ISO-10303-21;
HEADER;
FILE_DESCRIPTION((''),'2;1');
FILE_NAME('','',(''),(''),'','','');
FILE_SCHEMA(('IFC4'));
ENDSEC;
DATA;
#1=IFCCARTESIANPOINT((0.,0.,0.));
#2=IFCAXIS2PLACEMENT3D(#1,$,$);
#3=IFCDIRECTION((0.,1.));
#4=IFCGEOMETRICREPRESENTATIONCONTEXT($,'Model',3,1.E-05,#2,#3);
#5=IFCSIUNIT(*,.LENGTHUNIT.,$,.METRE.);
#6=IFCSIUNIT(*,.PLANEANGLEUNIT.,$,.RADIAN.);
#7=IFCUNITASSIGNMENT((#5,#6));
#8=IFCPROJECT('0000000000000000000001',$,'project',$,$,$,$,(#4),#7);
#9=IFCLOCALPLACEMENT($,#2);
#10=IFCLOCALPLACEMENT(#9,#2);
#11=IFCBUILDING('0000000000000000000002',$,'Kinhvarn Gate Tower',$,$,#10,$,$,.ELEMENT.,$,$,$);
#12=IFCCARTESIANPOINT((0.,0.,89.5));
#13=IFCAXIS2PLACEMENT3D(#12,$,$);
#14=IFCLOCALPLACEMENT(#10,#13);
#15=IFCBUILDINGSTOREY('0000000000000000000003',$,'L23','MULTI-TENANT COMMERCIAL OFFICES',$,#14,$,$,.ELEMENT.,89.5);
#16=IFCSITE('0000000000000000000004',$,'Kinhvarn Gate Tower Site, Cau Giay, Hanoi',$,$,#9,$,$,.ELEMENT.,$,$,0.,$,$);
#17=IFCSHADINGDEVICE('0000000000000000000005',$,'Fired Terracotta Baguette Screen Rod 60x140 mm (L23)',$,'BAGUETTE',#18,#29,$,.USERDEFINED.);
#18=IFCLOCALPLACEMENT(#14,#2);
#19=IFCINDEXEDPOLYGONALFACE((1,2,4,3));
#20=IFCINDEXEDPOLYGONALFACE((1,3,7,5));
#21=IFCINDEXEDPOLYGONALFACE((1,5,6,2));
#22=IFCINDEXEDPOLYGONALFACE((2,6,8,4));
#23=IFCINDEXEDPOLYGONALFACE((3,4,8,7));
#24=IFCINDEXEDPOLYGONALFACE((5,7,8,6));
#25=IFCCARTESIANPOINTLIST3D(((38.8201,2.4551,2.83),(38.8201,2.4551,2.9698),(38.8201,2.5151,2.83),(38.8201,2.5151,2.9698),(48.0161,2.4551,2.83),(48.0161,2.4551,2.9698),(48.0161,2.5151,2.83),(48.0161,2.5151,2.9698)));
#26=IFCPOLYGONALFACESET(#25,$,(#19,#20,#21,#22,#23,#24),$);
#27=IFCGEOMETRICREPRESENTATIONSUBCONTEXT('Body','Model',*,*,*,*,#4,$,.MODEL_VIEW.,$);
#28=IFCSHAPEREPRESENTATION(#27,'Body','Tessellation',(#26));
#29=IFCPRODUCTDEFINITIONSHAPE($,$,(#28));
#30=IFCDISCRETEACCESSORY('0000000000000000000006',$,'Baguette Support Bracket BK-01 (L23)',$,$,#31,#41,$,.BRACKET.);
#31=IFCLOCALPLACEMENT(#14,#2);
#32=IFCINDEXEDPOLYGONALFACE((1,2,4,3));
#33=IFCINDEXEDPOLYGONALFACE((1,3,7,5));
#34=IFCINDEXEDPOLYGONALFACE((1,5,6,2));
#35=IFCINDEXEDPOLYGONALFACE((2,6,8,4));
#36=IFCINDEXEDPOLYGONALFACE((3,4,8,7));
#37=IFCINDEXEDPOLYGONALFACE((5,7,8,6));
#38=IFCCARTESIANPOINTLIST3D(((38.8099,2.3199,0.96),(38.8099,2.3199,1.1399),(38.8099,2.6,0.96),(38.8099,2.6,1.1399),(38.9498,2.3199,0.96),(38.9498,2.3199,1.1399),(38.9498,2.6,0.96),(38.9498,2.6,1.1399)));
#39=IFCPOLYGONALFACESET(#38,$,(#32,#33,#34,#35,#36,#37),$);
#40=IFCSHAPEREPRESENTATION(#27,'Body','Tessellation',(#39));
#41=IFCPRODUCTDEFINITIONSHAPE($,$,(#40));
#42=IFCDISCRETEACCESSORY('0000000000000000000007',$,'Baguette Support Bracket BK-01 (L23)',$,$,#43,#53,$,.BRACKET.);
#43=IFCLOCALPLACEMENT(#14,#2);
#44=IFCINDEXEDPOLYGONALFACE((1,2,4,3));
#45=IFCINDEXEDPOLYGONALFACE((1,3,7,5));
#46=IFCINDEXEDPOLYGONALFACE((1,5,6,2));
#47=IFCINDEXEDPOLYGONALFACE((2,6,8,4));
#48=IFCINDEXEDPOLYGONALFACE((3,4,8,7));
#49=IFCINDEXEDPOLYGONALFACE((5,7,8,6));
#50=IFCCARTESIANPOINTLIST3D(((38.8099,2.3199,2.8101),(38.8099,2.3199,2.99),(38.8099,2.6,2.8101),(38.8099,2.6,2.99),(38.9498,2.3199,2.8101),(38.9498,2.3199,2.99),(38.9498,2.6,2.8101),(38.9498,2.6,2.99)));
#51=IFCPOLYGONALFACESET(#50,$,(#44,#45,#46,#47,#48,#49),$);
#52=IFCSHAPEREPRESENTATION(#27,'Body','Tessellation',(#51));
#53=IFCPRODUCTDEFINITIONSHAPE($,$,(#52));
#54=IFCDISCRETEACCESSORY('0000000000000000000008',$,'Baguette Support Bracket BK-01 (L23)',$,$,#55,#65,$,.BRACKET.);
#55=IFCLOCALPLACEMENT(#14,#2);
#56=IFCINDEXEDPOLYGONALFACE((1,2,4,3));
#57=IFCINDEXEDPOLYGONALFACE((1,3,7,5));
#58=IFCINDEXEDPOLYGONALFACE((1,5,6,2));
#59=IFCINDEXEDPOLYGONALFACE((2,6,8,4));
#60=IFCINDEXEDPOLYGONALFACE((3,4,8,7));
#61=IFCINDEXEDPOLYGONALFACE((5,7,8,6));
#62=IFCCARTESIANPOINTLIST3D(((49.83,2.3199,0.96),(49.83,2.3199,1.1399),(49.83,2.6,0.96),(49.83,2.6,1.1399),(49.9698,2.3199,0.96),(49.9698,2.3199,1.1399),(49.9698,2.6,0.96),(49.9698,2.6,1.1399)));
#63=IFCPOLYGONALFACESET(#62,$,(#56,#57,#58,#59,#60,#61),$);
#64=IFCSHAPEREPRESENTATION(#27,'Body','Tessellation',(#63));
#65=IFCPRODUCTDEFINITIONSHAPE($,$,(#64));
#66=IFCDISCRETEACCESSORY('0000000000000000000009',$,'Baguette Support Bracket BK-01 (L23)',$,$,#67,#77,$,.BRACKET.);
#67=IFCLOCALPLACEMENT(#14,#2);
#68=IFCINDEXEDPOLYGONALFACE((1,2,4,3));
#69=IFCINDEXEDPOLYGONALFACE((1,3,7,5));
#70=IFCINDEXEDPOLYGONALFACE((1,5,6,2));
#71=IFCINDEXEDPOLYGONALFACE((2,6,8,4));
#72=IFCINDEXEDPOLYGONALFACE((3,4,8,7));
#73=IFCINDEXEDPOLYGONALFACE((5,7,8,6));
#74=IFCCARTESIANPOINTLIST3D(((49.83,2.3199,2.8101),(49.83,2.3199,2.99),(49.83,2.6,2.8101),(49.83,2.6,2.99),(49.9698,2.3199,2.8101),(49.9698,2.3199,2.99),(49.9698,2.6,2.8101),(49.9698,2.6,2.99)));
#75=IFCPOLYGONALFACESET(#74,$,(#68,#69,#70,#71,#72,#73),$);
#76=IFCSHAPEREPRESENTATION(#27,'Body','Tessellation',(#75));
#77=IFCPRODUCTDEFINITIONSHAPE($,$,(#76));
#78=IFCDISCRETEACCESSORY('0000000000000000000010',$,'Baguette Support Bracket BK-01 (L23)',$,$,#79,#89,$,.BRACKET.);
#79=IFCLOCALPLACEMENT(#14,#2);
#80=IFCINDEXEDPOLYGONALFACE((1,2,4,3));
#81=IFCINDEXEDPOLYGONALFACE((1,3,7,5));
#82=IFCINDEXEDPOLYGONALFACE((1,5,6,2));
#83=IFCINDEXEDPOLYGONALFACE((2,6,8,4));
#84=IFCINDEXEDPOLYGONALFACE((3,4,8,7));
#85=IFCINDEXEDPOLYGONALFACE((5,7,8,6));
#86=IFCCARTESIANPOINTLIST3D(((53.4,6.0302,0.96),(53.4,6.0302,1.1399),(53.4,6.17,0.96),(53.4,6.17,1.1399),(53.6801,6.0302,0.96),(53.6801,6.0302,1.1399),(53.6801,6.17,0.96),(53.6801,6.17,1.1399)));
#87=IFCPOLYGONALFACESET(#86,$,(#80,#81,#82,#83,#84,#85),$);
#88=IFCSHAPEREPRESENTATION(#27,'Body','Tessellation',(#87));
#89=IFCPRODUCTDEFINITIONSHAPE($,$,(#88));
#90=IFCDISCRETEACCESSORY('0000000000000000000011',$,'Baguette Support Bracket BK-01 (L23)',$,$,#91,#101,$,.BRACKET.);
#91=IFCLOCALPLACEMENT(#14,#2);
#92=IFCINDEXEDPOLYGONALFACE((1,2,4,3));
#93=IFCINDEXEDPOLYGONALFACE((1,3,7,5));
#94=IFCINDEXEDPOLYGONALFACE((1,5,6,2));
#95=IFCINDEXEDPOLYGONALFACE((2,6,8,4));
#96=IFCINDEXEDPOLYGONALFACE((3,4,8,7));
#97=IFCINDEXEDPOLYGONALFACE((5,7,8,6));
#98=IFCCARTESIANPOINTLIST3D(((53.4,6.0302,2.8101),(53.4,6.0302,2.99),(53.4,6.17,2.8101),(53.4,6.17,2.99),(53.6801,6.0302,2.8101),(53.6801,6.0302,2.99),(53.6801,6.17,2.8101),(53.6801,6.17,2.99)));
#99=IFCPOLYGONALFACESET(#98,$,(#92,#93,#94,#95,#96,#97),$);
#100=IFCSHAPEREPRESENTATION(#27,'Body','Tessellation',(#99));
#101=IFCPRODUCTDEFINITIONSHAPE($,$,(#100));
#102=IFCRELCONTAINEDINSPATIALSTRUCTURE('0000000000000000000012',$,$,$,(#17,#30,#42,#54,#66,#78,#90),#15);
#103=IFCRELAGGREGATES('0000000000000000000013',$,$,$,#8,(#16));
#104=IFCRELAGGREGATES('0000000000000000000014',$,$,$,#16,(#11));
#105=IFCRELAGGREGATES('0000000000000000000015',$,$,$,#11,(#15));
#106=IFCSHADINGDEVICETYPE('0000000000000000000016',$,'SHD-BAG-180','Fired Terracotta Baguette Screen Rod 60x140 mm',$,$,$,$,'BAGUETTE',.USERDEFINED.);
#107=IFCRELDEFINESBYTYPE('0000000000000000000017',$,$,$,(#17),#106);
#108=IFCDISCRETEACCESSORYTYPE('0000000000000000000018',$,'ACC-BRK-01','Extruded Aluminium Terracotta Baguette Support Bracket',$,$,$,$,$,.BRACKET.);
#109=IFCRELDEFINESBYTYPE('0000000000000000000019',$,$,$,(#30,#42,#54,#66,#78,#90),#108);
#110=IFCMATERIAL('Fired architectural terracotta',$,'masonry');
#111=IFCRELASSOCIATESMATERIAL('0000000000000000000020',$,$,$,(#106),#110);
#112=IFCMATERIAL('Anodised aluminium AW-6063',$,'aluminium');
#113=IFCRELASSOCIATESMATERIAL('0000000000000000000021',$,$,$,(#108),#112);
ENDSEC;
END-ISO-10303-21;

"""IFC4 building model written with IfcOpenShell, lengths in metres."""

from ifc_helpers import new_model, si_unit, direction, frame, origin, origin_2d, place, context, subcontext, project, spatial, rectangle, extrude, material, material_profile, profile_set, type_object, element, save


model = new_model("IFC4")

# Units and contexts
model_context = context("Model", 3, precision=1e-05, world=origin(), true_north=direction((0.0, 1.0)))
body_context = subcontext(model_context, "Body", "Model", "MODEL_VIEW")
ifc_project = project(units=[si_unit("LENGTHUNIT", "METRE"), si_unit("PLANEANGLEUNIT", "RADIAN")], contexts=[model_context])

# Site, building, storey
site_placement = place(None, origin())
site = spatial("IfcSite", under=ifc_project, at=site_placement, Name="Kinhvarn Gate Tower Site, Cau Giay, Hanoi", CompositionType="ELEMENT", RefElevation=0.0)
building_placement = place(site_placement, origin())
building = spatial("IfcBuilding", under=site, at=building_placement, Name="Kinhvarn Gate Tower", CompositionType="ELEMENT")
storey_placement = place(building_placement, frame((0.0, 0.0, 89.5)))
storey = spatial("IfcBuildingStorey", under=building, at=storey_placement, Name="L23", Description="MULTI-TENANT COMMERCIAL OFFICES", CompositionType="ELEMENT", Elevation=89.5)

# Shared definitions
ifc_material_1 = material(Name="Anodised aluminium AW-6063", Category="aluminium")

# Shared definitions
ifc_material_2 = material(Name="Fired architectural terracotta", Category="masonry")

# Shading device
ifc_material_profile_1 = material_profile(ifc_material_2, rectangle(XDim=0.0601, YDim=0.1399, at=origin_2d()), Name="TC 60x140")
ifc_profile_set_1 = profile_set([ifc_material_profile_1], Name="Fired architectural terracotta")
shading_device_type = type_object("IfcShadingDeviceType", Name="SHD-BAG-180", Description="Fired Terracotta Baguette Screen Rod 60x140 mm", ElementType="BAGUETTE", PredefinedType="USERDEFINED", material=ifc_profile_set_1)
for number, where, z_axis, x_axis, name in (
    (1, (38.8201, 2.4851, 2.8999), (1.0, 0.0, 0.0), (0.0, 1.0, 0.0), "Fired Terracotta Baguette Screen Rod 60x140 mm (L23)"),
):
    element("IfcShadingDevice", number, at=place(storey_placement, frame(where, z_axis=z_axis, x_axis=x_axis)), inside=storey, type_object=shading_device_type, Name=name, ObjectType="BAGUETTE", PredefinedType="USERDEFINED", context=body_context, shape_type="SweptSolid", body=[
        extrude(rectangle(XDim=0.0601, YDim=0.1399, at=origin_2d()), origin(), (0.0, 0.0, 1.0), 9.196),
    ])

# Discrete accessories
discrete_accessory_type = type_object("IfcDiscreteAccessoryType", Name="ACC-BRK-01", Description="Extruded Aluminium Terracotta Baguette Support Bracket", PredefinedType="BRACKET", material=ifc_material_1)
for number, where, z_axis, x_axis, name in (
    (2, (38.8799, 2.46, 0.96), (0.0, 0.0, 1.0), (1.0, 0.0, 0.0), "Baguette Support Bracket BK-01 (L23)"),
    (3, (38.8799, 2.46, 2.8101), (0.0, 0.0, 1.0), (1.0, 0.0, 0.0), "Baguette Support Bracket BK-01 (L23)"),
    (4, (49.8999, 2.46, 0.96), (0.0, 0.0, 1.0), (1.0, 0.0, 0.0), "Baguette Support Bracket BK-01 (L23)"),
    (5, (49.8999, 2.46, 2.8101), (0.0, 0.0, 1.0), (1.0, 0.0, 0.0), "Baguette Support Bracket BK-01 (L23)"),
    (6, (53.54, 6.1001, 0.96), (0.0, 0.0, 1.0), (0.0, 1.0, 0.0), "Baguette Support Bracket BK-01 (L23)"),
    (7, (53.54, 6.1001, 2.8101), (0.0, 0.0, 1.0), (0.0, 1.0, 0.0), "Baguette Support Bracket BK-01 (L23)"),
):
    element("IfcDiscreteAccessory", number, at=place(storey_placement, frame(where, z_axis=z_axis, x_axis=x_axis)), inside=storey, type_object=discrete_accessory_type, Name=name, PredefinedType="BRACKET", context=body_context, shape_type="SweptSolid", body=[
        extrude(rectangle(XDim=0.1399, YDim=0.28, at=origin_2d()), origin(), (0.0, 0.0, 1.0), 0.1799),
    ])

save(model, "model.ifc")
